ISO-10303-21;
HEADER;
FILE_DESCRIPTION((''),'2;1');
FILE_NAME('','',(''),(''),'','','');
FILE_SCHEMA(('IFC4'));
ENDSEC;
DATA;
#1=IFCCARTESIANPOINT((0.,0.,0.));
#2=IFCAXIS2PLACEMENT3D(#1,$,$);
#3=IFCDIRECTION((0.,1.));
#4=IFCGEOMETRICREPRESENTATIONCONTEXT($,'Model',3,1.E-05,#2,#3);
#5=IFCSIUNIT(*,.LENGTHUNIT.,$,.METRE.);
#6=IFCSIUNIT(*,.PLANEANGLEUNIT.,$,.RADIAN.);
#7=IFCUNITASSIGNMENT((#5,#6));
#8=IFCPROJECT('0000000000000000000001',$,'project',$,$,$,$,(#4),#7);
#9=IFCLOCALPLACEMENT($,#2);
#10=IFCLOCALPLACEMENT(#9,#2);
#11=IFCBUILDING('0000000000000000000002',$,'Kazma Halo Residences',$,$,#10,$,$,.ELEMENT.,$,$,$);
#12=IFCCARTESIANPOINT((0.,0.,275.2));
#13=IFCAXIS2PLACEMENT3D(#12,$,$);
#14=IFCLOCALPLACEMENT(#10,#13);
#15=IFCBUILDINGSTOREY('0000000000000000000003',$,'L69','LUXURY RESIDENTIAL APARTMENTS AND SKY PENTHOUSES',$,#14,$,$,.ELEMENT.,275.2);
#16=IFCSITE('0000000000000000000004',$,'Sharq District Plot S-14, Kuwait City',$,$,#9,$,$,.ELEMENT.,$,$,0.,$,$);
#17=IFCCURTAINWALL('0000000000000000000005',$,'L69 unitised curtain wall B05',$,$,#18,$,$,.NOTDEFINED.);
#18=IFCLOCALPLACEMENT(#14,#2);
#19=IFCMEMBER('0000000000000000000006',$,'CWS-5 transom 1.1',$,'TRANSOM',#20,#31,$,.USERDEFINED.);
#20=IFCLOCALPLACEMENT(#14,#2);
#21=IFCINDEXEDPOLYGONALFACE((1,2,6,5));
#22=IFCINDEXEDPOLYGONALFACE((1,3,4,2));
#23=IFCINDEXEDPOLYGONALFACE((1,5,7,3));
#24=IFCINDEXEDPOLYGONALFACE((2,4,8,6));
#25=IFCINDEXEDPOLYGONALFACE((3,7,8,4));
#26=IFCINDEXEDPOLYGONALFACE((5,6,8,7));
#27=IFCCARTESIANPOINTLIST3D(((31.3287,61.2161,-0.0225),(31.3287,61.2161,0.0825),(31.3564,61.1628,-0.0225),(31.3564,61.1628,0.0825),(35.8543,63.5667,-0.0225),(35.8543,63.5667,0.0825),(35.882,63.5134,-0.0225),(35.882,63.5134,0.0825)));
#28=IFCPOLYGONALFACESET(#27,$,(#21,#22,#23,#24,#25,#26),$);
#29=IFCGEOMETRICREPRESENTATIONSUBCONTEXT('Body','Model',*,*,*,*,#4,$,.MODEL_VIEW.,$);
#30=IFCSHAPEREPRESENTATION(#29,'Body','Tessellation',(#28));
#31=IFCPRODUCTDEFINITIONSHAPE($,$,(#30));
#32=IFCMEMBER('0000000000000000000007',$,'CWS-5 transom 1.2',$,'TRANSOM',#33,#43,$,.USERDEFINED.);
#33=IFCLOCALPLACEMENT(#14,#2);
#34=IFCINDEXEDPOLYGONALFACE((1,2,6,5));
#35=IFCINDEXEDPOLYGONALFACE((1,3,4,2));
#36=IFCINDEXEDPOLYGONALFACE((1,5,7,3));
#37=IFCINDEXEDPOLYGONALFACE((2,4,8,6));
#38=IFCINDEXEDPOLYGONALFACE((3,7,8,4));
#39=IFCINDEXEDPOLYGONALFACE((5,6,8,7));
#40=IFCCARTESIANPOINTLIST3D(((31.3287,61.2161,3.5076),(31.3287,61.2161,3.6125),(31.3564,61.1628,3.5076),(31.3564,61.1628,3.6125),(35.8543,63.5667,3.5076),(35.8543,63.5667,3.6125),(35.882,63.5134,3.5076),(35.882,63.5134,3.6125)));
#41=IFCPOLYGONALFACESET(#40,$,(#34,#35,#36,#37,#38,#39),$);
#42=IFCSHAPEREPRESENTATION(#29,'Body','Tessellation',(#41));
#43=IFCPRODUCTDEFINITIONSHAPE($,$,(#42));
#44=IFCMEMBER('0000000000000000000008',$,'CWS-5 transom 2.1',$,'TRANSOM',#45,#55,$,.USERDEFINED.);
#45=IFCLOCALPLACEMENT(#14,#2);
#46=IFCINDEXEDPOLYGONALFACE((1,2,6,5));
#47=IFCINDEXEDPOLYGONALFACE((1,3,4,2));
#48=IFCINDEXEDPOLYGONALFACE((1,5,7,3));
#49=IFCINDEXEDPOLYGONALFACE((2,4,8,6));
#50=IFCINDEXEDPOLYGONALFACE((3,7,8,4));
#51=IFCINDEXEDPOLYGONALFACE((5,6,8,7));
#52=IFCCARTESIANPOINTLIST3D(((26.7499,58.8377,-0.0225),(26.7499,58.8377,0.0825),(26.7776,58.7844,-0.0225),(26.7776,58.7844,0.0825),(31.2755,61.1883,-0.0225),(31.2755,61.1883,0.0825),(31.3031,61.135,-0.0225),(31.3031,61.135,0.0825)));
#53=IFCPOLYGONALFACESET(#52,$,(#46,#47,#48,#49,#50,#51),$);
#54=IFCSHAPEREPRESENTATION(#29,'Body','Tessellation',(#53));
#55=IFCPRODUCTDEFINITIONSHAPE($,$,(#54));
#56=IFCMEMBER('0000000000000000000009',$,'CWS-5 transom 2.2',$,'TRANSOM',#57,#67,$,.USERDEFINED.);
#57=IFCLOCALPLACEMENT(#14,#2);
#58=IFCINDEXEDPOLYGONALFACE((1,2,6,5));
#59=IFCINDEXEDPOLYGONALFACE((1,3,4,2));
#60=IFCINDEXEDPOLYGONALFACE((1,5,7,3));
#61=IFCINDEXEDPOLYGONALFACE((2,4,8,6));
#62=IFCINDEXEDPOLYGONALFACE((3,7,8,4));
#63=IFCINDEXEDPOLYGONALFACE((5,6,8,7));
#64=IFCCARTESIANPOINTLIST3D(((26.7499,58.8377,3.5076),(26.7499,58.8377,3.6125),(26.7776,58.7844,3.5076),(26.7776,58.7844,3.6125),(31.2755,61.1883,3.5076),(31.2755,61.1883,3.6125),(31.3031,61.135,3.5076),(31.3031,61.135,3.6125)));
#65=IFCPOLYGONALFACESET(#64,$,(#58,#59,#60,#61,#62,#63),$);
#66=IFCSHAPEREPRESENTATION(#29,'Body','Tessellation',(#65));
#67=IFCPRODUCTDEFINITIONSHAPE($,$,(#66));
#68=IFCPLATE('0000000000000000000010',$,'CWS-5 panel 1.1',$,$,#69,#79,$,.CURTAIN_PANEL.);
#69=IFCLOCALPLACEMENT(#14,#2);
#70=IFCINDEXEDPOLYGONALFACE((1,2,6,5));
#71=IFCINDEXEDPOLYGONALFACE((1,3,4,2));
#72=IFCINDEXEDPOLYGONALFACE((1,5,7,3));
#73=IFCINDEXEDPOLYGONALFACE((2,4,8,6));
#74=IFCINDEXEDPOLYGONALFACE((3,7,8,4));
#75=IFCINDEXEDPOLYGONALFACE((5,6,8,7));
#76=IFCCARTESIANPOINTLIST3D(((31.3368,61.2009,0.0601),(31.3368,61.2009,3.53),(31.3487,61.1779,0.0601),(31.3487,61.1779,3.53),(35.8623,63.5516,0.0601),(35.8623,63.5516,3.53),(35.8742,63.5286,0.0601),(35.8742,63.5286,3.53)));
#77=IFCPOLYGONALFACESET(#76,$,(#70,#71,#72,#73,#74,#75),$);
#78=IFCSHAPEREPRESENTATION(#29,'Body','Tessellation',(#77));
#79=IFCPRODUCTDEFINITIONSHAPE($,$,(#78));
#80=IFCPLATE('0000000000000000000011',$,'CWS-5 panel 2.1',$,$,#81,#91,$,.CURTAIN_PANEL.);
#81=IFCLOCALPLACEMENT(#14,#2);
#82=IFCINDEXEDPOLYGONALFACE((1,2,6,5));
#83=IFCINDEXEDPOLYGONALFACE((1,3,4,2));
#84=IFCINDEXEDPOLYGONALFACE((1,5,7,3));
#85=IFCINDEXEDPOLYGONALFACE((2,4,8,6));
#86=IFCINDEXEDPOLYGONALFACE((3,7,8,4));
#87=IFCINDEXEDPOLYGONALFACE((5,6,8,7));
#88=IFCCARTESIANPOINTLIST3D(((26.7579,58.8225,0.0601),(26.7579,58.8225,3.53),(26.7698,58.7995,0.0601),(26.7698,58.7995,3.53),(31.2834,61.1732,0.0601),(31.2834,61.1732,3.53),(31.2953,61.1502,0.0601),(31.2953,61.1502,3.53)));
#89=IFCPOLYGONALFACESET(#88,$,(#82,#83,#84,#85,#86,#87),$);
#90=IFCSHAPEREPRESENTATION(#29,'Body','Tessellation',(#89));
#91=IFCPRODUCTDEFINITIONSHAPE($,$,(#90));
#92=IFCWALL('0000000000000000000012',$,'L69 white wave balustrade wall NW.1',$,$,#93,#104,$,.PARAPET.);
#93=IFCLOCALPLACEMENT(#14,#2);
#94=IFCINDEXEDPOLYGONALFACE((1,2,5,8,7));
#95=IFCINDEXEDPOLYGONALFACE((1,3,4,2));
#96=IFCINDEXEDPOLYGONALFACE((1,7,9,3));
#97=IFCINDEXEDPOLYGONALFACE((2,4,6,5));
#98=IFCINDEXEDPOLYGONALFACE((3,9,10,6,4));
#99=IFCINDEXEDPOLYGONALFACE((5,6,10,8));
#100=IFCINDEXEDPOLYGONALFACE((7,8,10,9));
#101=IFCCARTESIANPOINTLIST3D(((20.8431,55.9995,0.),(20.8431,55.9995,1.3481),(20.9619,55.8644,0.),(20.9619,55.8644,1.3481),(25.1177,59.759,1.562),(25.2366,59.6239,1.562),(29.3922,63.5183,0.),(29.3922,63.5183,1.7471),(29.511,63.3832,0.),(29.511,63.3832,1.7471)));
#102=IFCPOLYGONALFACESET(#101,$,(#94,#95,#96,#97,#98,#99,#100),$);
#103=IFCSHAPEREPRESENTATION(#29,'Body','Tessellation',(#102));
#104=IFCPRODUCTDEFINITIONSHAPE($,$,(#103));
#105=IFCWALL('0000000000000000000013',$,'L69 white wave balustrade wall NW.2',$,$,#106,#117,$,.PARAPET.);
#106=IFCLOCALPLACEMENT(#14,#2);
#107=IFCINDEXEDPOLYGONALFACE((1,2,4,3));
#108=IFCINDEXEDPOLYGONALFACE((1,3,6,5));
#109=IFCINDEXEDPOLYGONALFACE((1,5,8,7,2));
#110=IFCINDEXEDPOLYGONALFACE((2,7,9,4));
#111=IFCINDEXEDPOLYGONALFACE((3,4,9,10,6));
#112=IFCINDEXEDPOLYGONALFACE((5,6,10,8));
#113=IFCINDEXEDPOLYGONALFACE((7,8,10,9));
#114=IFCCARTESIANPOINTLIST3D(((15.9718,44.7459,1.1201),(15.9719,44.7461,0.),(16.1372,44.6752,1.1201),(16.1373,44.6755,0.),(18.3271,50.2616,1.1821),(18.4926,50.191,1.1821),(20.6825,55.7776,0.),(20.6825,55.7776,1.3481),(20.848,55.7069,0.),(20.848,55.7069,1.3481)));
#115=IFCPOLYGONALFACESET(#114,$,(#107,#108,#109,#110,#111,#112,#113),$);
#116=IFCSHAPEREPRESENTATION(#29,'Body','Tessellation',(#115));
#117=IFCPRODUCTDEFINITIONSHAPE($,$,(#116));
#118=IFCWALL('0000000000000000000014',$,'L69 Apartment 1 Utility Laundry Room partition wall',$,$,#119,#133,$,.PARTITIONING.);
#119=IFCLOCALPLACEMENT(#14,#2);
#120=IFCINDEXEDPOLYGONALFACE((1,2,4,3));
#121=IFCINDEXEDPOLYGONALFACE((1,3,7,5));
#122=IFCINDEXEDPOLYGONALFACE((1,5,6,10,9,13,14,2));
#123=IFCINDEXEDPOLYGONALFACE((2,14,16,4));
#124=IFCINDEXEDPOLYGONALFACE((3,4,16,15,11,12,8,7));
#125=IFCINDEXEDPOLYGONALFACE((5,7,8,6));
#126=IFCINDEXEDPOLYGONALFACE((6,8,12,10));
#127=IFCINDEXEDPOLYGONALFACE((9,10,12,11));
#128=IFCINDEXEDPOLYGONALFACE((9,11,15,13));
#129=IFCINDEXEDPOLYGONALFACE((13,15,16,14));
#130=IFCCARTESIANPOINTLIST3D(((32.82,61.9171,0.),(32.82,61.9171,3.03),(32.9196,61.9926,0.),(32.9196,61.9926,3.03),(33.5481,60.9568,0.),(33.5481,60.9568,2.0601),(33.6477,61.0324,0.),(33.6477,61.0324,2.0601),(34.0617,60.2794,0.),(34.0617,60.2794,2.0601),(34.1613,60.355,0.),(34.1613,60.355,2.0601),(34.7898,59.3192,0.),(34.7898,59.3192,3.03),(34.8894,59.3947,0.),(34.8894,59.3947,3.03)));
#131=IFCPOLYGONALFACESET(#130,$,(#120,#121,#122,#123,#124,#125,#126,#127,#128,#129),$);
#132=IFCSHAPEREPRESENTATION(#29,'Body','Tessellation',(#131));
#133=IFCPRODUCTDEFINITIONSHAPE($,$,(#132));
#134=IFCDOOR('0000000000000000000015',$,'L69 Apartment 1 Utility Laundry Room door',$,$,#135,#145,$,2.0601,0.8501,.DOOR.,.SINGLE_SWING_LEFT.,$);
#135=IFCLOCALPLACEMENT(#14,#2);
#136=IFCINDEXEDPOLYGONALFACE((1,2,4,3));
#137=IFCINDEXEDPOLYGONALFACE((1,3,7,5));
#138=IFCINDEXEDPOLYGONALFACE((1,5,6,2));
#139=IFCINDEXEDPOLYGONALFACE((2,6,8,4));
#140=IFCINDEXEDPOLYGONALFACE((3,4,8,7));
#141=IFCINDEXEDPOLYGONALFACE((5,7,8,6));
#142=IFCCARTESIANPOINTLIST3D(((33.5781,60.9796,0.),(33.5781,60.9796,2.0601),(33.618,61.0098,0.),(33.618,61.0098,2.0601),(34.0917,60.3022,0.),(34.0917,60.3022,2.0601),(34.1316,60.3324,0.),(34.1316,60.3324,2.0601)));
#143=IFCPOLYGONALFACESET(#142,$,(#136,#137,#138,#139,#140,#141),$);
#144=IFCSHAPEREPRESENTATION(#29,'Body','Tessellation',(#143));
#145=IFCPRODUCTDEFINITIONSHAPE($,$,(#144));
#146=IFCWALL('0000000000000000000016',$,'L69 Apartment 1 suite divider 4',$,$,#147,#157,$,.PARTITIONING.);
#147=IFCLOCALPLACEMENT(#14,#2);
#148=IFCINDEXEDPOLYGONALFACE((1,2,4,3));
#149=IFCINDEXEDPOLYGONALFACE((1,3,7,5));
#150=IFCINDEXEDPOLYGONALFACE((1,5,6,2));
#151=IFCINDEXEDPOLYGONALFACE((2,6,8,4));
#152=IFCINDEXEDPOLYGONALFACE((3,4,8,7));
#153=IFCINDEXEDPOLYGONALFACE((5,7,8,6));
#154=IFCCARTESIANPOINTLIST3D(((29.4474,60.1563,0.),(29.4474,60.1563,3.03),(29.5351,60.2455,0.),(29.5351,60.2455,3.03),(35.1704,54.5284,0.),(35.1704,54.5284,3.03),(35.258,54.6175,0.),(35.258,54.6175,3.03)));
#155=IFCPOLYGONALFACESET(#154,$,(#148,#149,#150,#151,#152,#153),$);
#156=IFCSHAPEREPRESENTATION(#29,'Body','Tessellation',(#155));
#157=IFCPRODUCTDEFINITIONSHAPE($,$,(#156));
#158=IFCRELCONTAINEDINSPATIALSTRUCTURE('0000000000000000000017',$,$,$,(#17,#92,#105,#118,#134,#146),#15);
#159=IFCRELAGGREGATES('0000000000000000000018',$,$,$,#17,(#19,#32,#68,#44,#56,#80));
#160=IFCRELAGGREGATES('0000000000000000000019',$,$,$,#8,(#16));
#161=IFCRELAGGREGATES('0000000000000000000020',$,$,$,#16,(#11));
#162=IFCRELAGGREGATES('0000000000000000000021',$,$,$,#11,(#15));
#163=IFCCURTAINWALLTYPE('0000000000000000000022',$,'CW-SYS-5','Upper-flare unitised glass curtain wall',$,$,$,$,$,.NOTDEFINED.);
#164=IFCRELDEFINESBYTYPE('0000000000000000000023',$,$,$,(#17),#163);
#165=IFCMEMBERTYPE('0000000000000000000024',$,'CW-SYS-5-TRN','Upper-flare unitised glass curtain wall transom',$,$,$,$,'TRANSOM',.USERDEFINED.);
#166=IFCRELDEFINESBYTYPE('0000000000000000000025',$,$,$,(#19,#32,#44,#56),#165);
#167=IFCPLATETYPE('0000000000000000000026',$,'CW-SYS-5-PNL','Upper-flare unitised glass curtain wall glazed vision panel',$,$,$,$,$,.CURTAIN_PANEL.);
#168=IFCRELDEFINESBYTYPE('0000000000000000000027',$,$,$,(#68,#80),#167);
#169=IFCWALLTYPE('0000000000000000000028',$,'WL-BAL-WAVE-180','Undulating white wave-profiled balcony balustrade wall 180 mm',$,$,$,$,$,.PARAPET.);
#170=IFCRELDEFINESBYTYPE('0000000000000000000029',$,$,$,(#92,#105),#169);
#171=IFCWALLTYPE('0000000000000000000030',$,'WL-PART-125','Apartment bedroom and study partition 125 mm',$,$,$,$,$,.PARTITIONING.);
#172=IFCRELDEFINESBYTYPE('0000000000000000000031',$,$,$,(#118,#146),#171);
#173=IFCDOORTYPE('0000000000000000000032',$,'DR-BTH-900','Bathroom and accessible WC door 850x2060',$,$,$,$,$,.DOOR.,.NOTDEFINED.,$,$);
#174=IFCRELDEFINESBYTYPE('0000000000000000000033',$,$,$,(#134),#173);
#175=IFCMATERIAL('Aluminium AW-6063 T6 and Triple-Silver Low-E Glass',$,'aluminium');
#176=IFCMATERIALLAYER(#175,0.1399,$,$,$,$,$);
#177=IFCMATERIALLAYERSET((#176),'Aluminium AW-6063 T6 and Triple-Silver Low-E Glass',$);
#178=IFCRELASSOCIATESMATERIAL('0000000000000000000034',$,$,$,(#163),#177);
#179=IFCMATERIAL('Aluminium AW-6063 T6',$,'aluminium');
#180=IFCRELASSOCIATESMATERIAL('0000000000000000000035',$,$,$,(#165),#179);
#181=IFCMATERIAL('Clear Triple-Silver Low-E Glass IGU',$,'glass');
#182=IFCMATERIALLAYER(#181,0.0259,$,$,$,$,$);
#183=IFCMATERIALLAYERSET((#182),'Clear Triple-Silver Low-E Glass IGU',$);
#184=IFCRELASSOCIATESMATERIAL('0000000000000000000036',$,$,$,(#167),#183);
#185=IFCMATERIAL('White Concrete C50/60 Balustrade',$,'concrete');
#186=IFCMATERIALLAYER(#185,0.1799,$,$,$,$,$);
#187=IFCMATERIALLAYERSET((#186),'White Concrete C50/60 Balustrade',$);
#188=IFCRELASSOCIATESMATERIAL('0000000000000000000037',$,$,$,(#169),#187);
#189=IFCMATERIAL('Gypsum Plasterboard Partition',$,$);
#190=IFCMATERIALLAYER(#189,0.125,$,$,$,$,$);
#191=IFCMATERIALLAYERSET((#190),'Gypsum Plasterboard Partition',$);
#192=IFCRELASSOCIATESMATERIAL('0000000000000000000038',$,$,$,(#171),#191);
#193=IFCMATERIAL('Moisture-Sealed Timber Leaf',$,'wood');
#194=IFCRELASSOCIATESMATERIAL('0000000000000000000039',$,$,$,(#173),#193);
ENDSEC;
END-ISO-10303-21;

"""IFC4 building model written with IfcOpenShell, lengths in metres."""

from ifc_helpers import new_model, si_unit, direction, frame, frame_2d, origin, origin_2d, place, context, subcontext, project, spatial, polyline, rectangle, outline, extrude, material, layer, layer_set, material_profile, profile_set, type_object, element, fill, aggregate, save


model = new_model("IFC4")

# Units and contexts
model_context = context("Model", 3, precision=1e-05, world=origin(), true_north=direction((0.0, 1.0)))
body_context = subcontext(model_context, "Body", "Model", "MODEL_VIEW")
ifc_project = project(units=[si_unit("LENGTHUNIT", "METRE"), si_unit("PLANEANGLEUNIT", "RADIAN")], contexts=[model_context])

# Site, building, storey
site_placement = place(None, origin())
site = spatial("IfcSite", under=ifc_project, at=site_placement, Name="Sharq District Plot S-14, Kuwait City", CompositionType="ELEMENT", RefElevation=0.0)
building_placement = place(site_placement, origin())
building = spatial("IfcBuilding", under=site, at=building_placement, Name="Kazma Halo Residences", CompositionType="ELEMENT")
storey_placement = place(building_placement, frame((0.0, 0.0, 275.2)))
storey = spatial("IfcBuildingStorey", under=building, at=storey_placement, Name="L69", Description="LUXURY RESIDENTIAL APARTMENTS AND SKY PENTHOUSES", CompositionType="ELEMENT", Elevation=275.2)

# Curtain wall, members, plates
ifc_material_1 = material(Name="Aluminium AW-6063 T6 and Triple-Silver Low-E Glass", Category="aluminium")
ifc_layer_1 = layer(ifc_material_1, 0.1399)
ifc_layer_set_1 = layer_set([ifc_layer_1], Name="Aluminium AW-6063 T6 and Triple-Silver Low-E Glass")
curtain_wall_type = type_object("IfcCurtainWallType", Name="CW-SYS-5", Description="Upper-flare unitised glass curtain wall", PredefinedType="NOTDEFINED", material=ifc_layer_set_1)
curtain_wall_placement = place(storey_placement, origin())
curtain_wall = element("IfcCurtainWall", 1, at=curtain_wall_placement, inside=storey, type_object=curtain_wall_type, Name="L69 unitised curtain wall B05", PredefinedType="NOTDEFINED")
ifc_material_2 = material(Name="Aluminium AW-6063 T6", Category="aluminium")
ifc_material_profile_1 = material_profile(ifc_material_2, rectangle(XDim=0.0601, YDim=0.105, at=origin_2d()), Name="CWT-60x105")
ifc_profile_set_1 = profile_set([ifc_material_profile_1], Name="Aluminium AW-6063 T6")
member_type_1 = type_object("IfcMemberType", Name="CW-SYS-5-TRN", Description="Upper-flare unitised glass curtain wall transom", ElementType="TRANSOM", PredefinedType="USERDEFINED", material=ifc_profile_set_1)
member_1_placement = place(storey_placement, frame((35.8682, 63.54, 0.03), z_axis=(-0.887437, -0.460929, 0.0), x_axis=(0.460929, -0.887437, 0.0)))
member_1 = element("IfcMember", 2, at=member_1_placement, type_object=member_type_1, Name="CWS-5 transom 1.1", ObjectType="TRANSOM", PredefinedType="USERDEFINED", context=body_context, shape_type="SweptSolid", body=[
    extrude(rectangle(XDim=0.0601, YDim=0.105, at=origin_2d()), origin(), (0.0, 0.0, 1.0), 5.0996),
])
member_2_placement = place(storey_placement, frame((35.8682, 63.54, 3.5601), z_axis=(-0.887437, -0.460929, 0.0), x_axis=(0.460929, -0.887437, 0.0)))
member_2 = element("IfcMember", 3, at=member_2_placement, type_object=member_type_1, Name="CWS-5 transom 1.2", ObjectType="TRANSOM", PredefinedType="USERDEFINED", context=body_context, shape_type="SweptSolid", body=[
    extrude(rectangle(XDim=0.0601, YDim=0.105, at=origin_2d()), origin(), (0.0, 0.0, 1.0), 5.0996),
])
member_3_placement = place(storey_placement, frame((31.2893, 61.1616, 0.03), z_axis=(-0.887437, -0.460929, 0.0), x_axis=(0.460929, -0.887437, 0.0)))
member_3 = element("IfcMember", 4, at=member_3_placement, type_object=member_type_1, Name="CWS-5 transom 2.1", ObjectType="TRANSOM", PredefinedType="USERDEFINED", context=body_context, shape_type="SweptSolid", body=[
    extrude(rectangle(XDim=0.0601, YDim=0.105, at=origin_2d()), origin(), (0.0, 0.0, 1.0), 5.0996),
])
member_4_placement = place(storey_placement, frame((31.2893, 61.1616, 3.5601), z_axis=(-0.887437, -0.460929, 0.0), x_axis=(0.460929, -0.887437, 0.0)))
member_4 = element("IfcMember", 5, at=member_4_placement, type_object=member_type_1, Name="CWS-5 transom 2.2", ObjectType="TRANSOM", PredefinedType="USERDEFINED", context=body_context, shape_type="SweptSolid", body=[
    extrude(rectangle(XDim=0.0601, YDim=0.105, at=origin_2d()), origin(), (0.0, 0.0, 1.0), 5.0996),
])
ifc_material_3 = material(Name="Clear Triple-Silver Low-E Glass IGU", Category="glass")
ifc_layer_2 = layer(ifc_material_3, 0.0259)
ifc_layer_set_2 = layer_set([ifc_layer_2], Name="Clear Triple-Silver Low-E Glass IGU")
plate_type = type_object("IfcPlateType", Name="CW-SYS-5-PNL", Description="Upper-flare unitised glass curtain wall glazed vision panel", PredefinedType="CURTAIN_PANEL", material=ifc_layer_set_2)
plate_1_placement = place(storey_placement, frame((33.6055, 62.3647, 0.0601), z_axis=(0.0, 0.0, 1.0), x_axis=(-0.887421, -0.460961, 0.0)))
plate_1 = element("IfcPlate", 6, at=plate_1_placement, type_object=plate_type, Name="CWS-5 panel 1.1", PredefinedType="CURTAIN_PANEL", context=body_context, shape_type="SweptSolid", body=[
    extrude(rectangle(XDim=5.0996, YDim=0.0259, at=origin_2d()), origin(), (0.0, 0.0, 1.0), 3.47),
])
plate_2_placement = place(storey_placement, frame((29.0266, 59.9863, 0.0601), z_axis=(0.0, 0.0, 1.0), x_axis=(-0.887421, -0.460961, 0.0)))
plate_2 = element("IfcPlate", 7, at=plate_2_placement, type_object=plate_type, Name="CWS-5 panel 2.1", PredefinedType="CURTAIN_PANEL", context=body_context, shape_type="SweptSolid", body=[
    extrude(rectangle(XDim=5.0996, YDim=0.0259, at=origin_2d()), origin(), (0.0, 0.0, 1.0), 3.47),
])
aggregate(curtain_wall, [member_1, member_2, plate_1, member_3, member_4, plate_2])

# Walls
ifc_material_4 = material(Name="White Concrete C50/60 Balustrade", Category="concrete")
ifc_layer_3 = layer(ifc_material_4, 0.1799)
ifc_layer_set_3 = layer_set([ifc_layer_3], Name="White Concrete C50/60 Balustrade")
wall_type_1 = type_object("IfcWallType", Name="WL-BAL-WAVE-180", Description="Undulating white wave-profiled balcony balustrade wall 180 mm", PredefinedType="PARAPET", material=ifc_layer_set_3)
wall_1_placement = place(storey_placement, frame((29.4517, 63.4507, 0.0), z_axis=(0.0, 0.0, 1.0), x_axis=(-0.750904, -0.660411, 0.0)))
element("IfcWall", 8, at=wall_1_placement, inside=storey, type_object=wall_type_1, Name="L69 white wave balustrade wall NW.1", PredefinedType="PARAPET", context=body_context, shape_type="SweptSolid", body=[
    extrude(outline(polyline([(0.0, 0.0), (11.385, 0.0), (11.385, 1.3481), (5.6924, 1.562), (0.0, 1.7471), (0.0, 0.0)])), frame((0.0, 0.0898, 0.0), z_axis=(0.0, -1.0, 0.0), x_axis=(1.0, 0.0, 0.0)), (0.0, 0.0, 1.0), 0.1799),
])
wall_2_placement = place(storey_placement, frame((20.7654, 55.7422, 0.0), z_axis=(0.0, 0.0, 1.0), x_axis=(-0.392715, -0.91966, 0.0)))
element("IfcWall", 9, at=wall_2_placement, inside=storey, type_object=wall_type_1, Name="L69 white wave balustrade wall NW.2", PredefinedType="PARAPET", context=body_context, shape_type="SweptSolid", body=[
    extrude(outline(polyline([(0.0, 0.0), (11.9951, 0.0), (11.9954, 1.1201), (5.9978, 1.1821), (0.0, 1.3481), (0.0, 0.0)])), frame((0.0, 0.0898, 0.0), z_axis=(0.0, -1.0, 0.0), x_axis=(1.0, 0.0, 0.0)), (0.0, 0.0, 1.0), 0.1799),
])

# Wall, opening, door
ifc_material_5 = material(Name="Gypsum Plasterboard Partition")
ifc_layer_4 = layer(ifc_material_5, 0.125)
ifc_layer_set_4 = layer_set([ifc_layer_4], Name="Gypsum Plasterboard Partition")
wall_type_2 = type_object("IfcWallType", Name="WL-PART-125", Description="Apartment bedroom and study partition 125 mm", PredefinedType="PARTITIONING", material=ifc_layer_set_4)
wall_3_placement = place(storey_placement, frame((34.8396, 59.3569, 0.0), z_axis=(0.0, 0.0, 1.0), x_axis=(-0.604173, 0.796853, 0.0)))
wall_3 = element("IfcWall", 10, at=wall_3_placement, inside=storey, type_object=wall_type_2, Name="L69 Apartment 1 Utility Laundry Room partition wall", PredefinedType="PARTITIONING", context=body_context, shape_type="SweptSolid", body=[
    extrude(rectangle(XDim=3.2603, YDim=0.125, at=frame_2d((1.6301, 0.0))), origin(), (0.0, 0.0, 1.0), 3.03),
])
opening_1_placement = place(wall_3_placement, frame((1.2051, 0.0, 0.0)))
opening_1 = element("IfcOpeningElement", 11, at=opening_1_placement, cuts=wall_3, PredefinedType="OPENING", context=body_context, shape_type="SweptSolid", body=[
    extrude(rectangle(XDim=0.8501, YDim=2.0601, at=frame_2d((0.425, 1.03))), frame((0.0, 0.0725, 0.0), z_axis=(0.0, -1.0, 0.0), x_axis=(1.0, 0.0, 0.0)), (0.0, 0.0, 1.0), 0.145),
])
ifc_material_6 = material(Name="Moisture-Sealed Timber Leaf", Category="wood")
door_type_1 = type_object("IfcDoorType", Name="DR-BTH-900", Description="Bathroom and accessible WC door 850x2060", OperationType="NOTDEFINED", PredefinedType="DOOR", material=ifc_material_6)
door_1_placement = place(opening_1_placement, origin())
door_1 = element("IfcDoor", 12, at=door_1_placement, inside=storey, type_object=door_type_1, Name="L69 Apartment 1 Utility Laundry Room door", OperationType="SINGLE_SWING_LEFT", OverallHeight=2.0601, OverallWidth=0.8501, PredefinedType="DOOR", context=body_context, shape_type="SweptSolid", body=[
    extrude(rectangle(XDim=0.8501, YDim=2.0601, at=frame_2d((0.425, 1.03))), frame((0.0, 0.0249, 0.0), z_axis=(0.0, -1.0, 0.0), x_axis=(1.0, 0.0, 0.0)), (0.0, 0.0, 1.0), 0.05),
])
fill(opening_1, door_1)

# Wall
wall_4_placement = place(storey_placement, frame((35.2141, 54.573, 0.0), z_axis=(0.0, 0.0, 1.0), x_axis=(-0.712998, 0.701166, 0.0)))
element("IfcWall", 13, at=wall_4_placement, inside=storey, type_object=wall_type_2, Name="L69 Apartment 1 suite divider 4", PredefinedType="PARTITIONING", context=body_context, shape_type="SweptSolid", body=[
    extrude(rectangle(XDim=8.0266, YDim=0.125, at=frame_2d((4.0132, 0.0))), origin(), (0.0, 0.0, 1.0), 3.03),
])

save(model, "model.ifc")
